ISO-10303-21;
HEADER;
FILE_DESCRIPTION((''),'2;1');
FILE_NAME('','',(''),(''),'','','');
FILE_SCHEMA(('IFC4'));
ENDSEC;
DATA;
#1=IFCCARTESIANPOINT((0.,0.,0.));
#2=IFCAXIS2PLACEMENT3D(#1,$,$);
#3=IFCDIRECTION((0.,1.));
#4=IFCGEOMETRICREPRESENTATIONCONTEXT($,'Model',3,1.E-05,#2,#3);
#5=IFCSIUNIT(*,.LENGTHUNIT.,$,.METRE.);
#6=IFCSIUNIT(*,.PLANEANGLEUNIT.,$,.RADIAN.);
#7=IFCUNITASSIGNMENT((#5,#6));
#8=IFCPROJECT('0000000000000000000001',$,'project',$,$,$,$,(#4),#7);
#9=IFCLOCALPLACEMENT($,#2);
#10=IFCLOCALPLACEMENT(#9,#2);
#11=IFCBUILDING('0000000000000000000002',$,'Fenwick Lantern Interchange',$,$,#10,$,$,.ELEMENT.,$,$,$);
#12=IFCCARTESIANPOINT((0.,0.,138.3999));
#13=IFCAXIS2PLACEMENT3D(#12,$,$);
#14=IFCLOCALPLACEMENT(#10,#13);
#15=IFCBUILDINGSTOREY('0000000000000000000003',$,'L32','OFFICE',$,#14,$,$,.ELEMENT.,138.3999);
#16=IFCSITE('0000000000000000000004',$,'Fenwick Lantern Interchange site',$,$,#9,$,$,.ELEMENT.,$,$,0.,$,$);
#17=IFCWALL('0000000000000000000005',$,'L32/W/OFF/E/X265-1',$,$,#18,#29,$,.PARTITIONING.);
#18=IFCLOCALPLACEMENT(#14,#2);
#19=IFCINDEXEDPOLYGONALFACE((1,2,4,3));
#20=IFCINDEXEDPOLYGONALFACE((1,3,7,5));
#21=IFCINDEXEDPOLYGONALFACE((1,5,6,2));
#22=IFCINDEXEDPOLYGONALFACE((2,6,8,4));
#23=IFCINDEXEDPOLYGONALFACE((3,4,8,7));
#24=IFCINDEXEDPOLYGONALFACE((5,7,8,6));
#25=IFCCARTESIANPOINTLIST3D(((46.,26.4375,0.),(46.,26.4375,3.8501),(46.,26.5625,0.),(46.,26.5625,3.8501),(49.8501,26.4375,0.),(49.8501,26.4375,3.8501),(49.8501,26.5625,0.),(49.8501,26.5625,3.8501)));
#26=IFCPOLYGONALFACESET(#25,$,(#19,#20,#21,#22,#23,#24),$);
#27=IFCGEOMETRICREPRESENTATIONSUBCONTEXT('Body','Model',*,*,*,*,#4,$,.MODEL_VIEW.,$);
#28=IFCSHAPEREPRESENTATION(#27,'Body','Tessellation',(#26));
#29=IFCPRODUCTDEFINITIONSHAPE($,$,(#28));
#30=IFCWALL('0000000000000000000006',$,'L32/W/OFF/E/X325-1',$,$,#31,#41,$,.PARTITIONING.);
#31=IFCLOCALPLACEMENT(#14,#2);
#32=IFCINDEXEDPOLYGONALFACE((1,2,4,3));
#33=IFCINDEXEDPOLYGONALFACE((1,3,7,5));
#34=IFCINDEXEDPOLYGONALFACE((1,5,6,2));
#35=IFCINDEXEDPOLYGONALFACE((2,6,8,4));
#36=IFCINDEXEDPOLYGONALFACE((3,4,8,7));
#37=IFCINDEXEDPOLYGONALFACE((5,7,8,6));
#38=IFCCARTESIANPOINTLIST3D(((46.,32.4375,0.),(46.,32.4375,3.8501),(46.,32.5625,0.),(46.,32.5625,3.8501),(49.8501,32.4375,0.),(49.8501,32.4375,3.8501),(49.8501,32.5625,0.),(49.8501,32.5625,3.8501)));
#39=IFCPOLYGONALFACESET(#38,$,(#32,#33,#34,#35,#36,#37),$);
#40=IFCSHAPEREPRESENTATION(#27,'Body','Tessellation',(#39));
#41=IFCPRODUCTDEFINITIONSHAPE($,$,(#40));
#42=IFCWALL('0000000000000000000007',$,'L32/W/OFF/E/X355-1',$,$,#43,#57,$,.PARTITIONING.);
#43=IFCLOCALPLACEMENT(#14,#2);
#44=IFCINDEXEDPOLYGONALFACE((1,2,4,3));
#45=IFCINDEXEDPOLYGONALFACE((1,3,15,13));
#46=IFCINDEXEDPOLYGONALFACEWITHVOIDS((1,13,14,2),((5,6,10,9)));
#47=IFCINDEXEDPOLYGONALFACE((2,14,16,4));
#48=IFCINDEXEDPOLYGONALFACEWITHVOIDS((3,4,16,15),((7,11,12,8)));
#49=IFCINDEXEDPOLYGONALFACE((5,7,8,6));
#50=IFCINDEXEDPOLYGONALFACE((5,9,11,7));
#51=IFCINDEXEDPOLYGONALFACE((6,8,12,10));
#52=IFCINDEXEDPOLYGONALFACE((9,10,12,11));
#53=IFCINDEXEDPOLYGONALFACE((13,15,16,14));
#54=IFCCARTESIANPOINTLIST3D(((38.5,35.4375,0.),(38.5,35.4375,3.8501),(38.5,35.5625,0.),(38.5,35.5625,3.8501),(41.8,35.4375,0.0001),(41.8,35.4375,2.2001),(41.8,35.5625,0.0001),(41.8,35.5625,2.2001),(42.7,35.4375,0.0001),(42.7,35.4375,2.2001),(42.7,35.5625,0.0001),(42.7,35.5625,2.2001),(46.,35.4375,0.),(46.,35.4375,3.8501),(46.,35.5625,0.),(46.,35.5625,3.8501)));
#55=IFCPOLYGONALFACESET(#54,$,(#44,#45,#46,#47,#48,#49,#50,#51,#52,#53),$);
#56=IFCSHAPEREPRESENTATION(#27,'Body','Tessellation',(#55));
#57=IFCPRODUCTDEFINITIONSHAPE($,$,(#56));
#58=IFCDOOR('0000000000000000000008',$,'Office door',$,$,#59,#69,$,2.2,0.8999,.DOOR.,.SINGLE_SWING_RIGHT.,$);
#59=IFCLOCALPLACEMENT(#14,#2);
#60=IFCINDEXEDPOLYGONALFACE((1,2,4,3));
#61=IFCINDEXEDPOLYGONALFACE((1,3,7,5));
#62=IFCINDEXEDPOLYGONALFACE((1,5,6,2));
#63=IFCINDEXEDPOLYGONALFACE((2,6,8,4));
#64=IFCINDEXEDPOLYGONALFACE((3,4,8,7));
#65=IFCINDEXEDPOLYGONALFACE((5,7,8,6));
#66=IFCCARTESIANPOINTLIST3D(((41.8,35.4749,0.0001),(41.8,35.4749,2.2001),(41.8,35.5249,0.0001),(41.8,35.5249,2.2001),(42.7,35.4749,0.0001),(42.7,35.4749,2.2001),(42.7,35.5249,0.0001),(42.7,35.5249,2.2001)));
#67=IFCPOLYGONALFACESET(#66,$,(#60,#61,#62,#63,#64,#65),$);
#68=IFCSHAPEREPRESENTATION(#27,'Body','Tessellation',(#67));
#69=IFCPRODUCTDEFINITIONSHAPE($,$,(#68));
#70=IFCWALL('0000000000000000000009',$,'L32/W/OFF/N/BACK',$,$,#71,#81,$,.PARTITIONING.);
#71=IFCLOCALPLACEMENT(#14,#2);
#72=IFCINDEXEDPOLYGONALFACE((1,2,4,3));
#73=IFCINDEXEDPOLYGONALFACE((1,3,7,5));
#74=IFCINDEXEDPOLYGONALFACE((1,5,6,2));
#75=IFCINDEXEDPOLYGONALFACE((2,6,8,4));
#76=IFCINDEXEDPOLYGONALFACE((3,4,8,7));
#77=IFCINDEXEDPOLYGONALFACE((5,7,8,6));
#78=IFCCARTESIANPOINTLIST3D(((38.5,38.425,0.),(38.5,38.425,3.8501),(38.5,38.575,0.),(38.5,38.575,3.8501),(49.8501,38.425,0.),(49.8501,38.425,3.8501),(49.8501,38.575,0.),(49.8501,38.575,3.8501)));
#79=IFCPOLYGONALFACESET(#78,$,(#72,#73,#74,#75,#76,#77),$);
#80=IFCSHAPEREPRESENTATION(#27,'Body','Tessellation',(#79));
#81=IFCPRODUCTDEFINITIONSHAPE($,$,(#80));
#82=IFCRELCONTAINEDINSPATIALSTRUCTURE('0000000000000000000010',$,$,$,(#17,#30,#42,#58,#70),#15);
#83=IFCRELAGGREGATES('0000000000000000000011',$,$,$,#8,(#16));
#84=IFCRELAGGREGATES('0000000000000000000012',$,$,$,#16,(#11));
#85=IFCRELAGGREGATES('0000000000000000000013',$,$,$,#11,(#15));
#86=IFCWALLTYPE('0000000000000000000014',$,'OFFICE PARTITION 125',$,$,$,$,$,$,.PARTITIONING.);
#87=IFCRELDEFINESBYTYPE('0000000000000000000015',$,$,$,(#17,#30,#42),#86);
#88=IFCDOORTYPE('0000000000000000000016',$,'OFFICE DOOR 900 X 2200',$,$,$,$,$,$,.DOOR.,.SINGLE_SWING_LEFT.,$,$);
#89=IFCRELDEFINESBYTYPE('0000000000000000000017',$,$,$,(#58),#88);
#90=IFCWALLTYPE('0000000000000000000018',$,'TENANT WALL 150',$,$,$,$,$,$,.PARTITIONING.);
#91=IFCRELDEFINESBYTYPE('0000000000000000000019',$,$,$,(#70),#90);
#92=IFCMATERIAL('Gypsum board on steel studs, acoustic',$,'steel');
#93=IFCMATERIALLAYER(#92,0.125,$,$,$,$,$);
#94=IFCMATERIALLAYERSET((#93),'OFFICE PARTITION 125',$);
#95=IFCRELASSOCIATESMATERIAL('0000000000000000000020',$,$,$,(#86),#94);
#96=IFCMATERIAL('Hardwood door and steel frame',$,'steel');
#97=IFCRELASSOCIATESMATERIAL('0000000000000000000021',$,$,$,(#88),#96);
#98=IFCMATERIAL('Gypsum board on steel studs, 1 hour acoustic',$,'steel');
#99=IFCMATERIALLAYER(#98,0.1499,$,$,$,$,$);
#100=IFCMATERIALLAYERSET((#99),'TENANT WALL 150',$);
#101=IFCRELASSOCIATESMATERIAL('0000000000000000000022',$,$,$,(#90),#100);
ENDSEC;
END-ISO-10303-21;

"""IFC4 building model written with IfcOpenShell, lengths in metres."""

from ifc_helpers import new_model, si_unit, direction, frame, frame_2d, origin, place, context, subcontext, project, spatial, rectangle, extrude, material, layer, layer_set, type_object, element, fill, save


model = new_model("IFC4")

# Units and contexts
model_context = context("Model", 3, precision=1e-05, world=origin(), true_north=direction((0.0, 1.0)))
body_context = subcontext(model_context, "Body", "Model", "MODEL_VIEW")
ifc_project = project(units=[si_unit("LENGTHUNIT", "METRE"), si_unit("PLANEANGLEUNIT", "RADIAN")], contexts=[model_context])

# Site, building, storey
site_placement = place(None, origin())
site = spatial("IfcSite", under=ifc_project, at=site_placement, Name="Fenwick Lantern Interchange site", CompositionType="ELEMENT", RefElevation=0.0)
building_placement = place(site_placement, origin())
building = spatial("IfcBuilding", under=site, at=building_placement, Name="Fenwick Lantern Interchange", CompositionType="ELEMENT")
storey_placement = place(building_placement, frame((0.0, 0.0, 138.3999)))
storey = spatial("IfcBuildingStorey", under=building, at=storey_placement, Name="L32", Description="OFFICE", CompositionType="ELEMENT", Elevation=138.3999)

# Walls
ifc_material_1 = material(Name="Gypsum board on steel studs, acoustic", Category="steel")
ifc_layer_1 = layer(ifc_material_1, 0.125)
ifc_layer_set_1 = layer_set([ifc_layer_1], Name="OFFICE PARTITION 125")
wall_type_1 = type_object("IfcWallType", Name="OFFICE PARTITION 125", PredefinedType="PARTITIONING", material=ifc_layer_set_1)
for number, where, z_axis, x_axis, name in (
    (1, (49.8501, 26.5, 0.0), (0.0, 0.0, 1.0), (-1.0, 0.0, 0.0), "L32/W/OFF/E/X265-1"),
    (2, (49.8501, 32.5, 0.0), (0.0, 0.0, 1.0), (-1.0, 0.0, 0.0), "L32/W/OFF/E/X325-1"),
):
    element("IfcWall", number, at=place(storey_placement, frame(where, z_axis=z_axis, x_axis=x_axis)), inside=storey, type_object=wall_type_1, Name=name, PredefinedType="PARTITIONING", context=body_context, shape_type="SweptSolid", body=[
        extrude(rectangle(XDim=3.8501, YDim=0.125, at=frame_2d((1.925, 0.0))), origin(), (0.0, 0.0, 1.0), 3.8501),
    ])

# Wall, opening, door
wall_1_placement = place(storey_placement, frame((46.0, 35.5, 0.0), z_axis=(0.0, 0.0, 1.0), x_axis=(-1.0, 0.0, 0.0)))
wall_1 = element("IfcWall", 3, at=wall_1_placement, inside=storey, type_object=wall_type_1, Name="L32/W/OFF/E/X355-1", PredefinedType="PARTITIONING", context=body_context, shape_type="SweptSolid", body=[
    extrude(rectangle(XDim=7.5, YDim=0.125, at=frame_2d((3.75, 0.0))), origin(), (0.0, 0.0, 1.0), 3.8501),
])
opening_placement = place(wall_1_placement, frame((3.3, 0.0, 0.0)))
opening = element("IfcOpeningElement", 4, at=opening_placement, cuts=wall_1, PredefinedType="OPENING", context=body_context, shape_type="SweptSolid", body=[
    extrude(rectangle(XDim=0.8999, YDim=2.2, at=frame_2d((0.45, 1.1001))), frame((0.0, 0.0725, 0.0), z_axis=(0.0, -1.0, 0.0), x_axis=(1.0, 0.0, 0.0)), (0.0, 0.0, 1.0), 0.145),
])
ifc_material_2 = material(Name="Hardwood door and steel frame", Category="steel")
door_type = type_object("IfcDoorType", Name="OFFICE DOOR 900 X 2200", OperationType="SINGLE_SWING_LEFT", PredefinedType="DOOR", material=ifc_material_2)
door_placement = place(opening_placement, frame((0.8999, 0.0, 0.0), z_axis=(0.0, 0.0, 1.0), x_axis=(-1.0, 0.0, 0.0)))
door = element("IfcDoor", 5, at=door_placement, inside=storey, type_object=door_type, Name="Office door", OperationType="SINGLE_SWING_RIGHT", OverallHeight=2.2, OverallWidth=0.8999, PredefinedType="DOOR", context=body_context, shape_type="SweptSolid", body=[
    extrude(rectangle(XDim=0.8999, YDim=2.2, at=frame_2d((0.45, 1.1001))), frame((0.0, 0.0249, 0.0), z_axis=(0.0, -1.0, 0.0), x_axis=(1.0, 0.0, 0.0)), (0.0, 0.0, 1.0), 0.05),
])
fill(opening, door)

# Wall
ifc_material_3 = material(Name="Gypsum board on steel studs, 1 hour acoustic", Category="steel")
ifc_layer_2 = layer(ifc_material_3, 0.1499)
ifc_layer_set_2 = layer_set([ifc_layer_2], Name="TENANT WALL 150")
wall_type_2 = type_object("IfcWallType", Name="TENANT WALL 150", PredefinedType="PARTITIONING", material=ifc_layer_set_2)
wall_2_placement = place(storey_placement, frame((49.8501, 38.5, 0.0), z_axis=(0.0, 0.0, 1.0), x_axis=(-1.0, 0.0, 0.0)))
element("IfcWall", 6, at=wall_2_placement, inside=storey, type_object=wall_type_2, Name="L32/W/OFF/N/BACK", PredefinedType="PARTITIONING", context=body_context, shape_type="SweptSolid", body=[
    extrude(rectangle(XDim=11.3501, YDim=0.1499, at=frame_2d((5.675, 0.0))), origin(), (0.0, 0.0, 1.0), 3.8501),
])

save(model, "model.ifc")
